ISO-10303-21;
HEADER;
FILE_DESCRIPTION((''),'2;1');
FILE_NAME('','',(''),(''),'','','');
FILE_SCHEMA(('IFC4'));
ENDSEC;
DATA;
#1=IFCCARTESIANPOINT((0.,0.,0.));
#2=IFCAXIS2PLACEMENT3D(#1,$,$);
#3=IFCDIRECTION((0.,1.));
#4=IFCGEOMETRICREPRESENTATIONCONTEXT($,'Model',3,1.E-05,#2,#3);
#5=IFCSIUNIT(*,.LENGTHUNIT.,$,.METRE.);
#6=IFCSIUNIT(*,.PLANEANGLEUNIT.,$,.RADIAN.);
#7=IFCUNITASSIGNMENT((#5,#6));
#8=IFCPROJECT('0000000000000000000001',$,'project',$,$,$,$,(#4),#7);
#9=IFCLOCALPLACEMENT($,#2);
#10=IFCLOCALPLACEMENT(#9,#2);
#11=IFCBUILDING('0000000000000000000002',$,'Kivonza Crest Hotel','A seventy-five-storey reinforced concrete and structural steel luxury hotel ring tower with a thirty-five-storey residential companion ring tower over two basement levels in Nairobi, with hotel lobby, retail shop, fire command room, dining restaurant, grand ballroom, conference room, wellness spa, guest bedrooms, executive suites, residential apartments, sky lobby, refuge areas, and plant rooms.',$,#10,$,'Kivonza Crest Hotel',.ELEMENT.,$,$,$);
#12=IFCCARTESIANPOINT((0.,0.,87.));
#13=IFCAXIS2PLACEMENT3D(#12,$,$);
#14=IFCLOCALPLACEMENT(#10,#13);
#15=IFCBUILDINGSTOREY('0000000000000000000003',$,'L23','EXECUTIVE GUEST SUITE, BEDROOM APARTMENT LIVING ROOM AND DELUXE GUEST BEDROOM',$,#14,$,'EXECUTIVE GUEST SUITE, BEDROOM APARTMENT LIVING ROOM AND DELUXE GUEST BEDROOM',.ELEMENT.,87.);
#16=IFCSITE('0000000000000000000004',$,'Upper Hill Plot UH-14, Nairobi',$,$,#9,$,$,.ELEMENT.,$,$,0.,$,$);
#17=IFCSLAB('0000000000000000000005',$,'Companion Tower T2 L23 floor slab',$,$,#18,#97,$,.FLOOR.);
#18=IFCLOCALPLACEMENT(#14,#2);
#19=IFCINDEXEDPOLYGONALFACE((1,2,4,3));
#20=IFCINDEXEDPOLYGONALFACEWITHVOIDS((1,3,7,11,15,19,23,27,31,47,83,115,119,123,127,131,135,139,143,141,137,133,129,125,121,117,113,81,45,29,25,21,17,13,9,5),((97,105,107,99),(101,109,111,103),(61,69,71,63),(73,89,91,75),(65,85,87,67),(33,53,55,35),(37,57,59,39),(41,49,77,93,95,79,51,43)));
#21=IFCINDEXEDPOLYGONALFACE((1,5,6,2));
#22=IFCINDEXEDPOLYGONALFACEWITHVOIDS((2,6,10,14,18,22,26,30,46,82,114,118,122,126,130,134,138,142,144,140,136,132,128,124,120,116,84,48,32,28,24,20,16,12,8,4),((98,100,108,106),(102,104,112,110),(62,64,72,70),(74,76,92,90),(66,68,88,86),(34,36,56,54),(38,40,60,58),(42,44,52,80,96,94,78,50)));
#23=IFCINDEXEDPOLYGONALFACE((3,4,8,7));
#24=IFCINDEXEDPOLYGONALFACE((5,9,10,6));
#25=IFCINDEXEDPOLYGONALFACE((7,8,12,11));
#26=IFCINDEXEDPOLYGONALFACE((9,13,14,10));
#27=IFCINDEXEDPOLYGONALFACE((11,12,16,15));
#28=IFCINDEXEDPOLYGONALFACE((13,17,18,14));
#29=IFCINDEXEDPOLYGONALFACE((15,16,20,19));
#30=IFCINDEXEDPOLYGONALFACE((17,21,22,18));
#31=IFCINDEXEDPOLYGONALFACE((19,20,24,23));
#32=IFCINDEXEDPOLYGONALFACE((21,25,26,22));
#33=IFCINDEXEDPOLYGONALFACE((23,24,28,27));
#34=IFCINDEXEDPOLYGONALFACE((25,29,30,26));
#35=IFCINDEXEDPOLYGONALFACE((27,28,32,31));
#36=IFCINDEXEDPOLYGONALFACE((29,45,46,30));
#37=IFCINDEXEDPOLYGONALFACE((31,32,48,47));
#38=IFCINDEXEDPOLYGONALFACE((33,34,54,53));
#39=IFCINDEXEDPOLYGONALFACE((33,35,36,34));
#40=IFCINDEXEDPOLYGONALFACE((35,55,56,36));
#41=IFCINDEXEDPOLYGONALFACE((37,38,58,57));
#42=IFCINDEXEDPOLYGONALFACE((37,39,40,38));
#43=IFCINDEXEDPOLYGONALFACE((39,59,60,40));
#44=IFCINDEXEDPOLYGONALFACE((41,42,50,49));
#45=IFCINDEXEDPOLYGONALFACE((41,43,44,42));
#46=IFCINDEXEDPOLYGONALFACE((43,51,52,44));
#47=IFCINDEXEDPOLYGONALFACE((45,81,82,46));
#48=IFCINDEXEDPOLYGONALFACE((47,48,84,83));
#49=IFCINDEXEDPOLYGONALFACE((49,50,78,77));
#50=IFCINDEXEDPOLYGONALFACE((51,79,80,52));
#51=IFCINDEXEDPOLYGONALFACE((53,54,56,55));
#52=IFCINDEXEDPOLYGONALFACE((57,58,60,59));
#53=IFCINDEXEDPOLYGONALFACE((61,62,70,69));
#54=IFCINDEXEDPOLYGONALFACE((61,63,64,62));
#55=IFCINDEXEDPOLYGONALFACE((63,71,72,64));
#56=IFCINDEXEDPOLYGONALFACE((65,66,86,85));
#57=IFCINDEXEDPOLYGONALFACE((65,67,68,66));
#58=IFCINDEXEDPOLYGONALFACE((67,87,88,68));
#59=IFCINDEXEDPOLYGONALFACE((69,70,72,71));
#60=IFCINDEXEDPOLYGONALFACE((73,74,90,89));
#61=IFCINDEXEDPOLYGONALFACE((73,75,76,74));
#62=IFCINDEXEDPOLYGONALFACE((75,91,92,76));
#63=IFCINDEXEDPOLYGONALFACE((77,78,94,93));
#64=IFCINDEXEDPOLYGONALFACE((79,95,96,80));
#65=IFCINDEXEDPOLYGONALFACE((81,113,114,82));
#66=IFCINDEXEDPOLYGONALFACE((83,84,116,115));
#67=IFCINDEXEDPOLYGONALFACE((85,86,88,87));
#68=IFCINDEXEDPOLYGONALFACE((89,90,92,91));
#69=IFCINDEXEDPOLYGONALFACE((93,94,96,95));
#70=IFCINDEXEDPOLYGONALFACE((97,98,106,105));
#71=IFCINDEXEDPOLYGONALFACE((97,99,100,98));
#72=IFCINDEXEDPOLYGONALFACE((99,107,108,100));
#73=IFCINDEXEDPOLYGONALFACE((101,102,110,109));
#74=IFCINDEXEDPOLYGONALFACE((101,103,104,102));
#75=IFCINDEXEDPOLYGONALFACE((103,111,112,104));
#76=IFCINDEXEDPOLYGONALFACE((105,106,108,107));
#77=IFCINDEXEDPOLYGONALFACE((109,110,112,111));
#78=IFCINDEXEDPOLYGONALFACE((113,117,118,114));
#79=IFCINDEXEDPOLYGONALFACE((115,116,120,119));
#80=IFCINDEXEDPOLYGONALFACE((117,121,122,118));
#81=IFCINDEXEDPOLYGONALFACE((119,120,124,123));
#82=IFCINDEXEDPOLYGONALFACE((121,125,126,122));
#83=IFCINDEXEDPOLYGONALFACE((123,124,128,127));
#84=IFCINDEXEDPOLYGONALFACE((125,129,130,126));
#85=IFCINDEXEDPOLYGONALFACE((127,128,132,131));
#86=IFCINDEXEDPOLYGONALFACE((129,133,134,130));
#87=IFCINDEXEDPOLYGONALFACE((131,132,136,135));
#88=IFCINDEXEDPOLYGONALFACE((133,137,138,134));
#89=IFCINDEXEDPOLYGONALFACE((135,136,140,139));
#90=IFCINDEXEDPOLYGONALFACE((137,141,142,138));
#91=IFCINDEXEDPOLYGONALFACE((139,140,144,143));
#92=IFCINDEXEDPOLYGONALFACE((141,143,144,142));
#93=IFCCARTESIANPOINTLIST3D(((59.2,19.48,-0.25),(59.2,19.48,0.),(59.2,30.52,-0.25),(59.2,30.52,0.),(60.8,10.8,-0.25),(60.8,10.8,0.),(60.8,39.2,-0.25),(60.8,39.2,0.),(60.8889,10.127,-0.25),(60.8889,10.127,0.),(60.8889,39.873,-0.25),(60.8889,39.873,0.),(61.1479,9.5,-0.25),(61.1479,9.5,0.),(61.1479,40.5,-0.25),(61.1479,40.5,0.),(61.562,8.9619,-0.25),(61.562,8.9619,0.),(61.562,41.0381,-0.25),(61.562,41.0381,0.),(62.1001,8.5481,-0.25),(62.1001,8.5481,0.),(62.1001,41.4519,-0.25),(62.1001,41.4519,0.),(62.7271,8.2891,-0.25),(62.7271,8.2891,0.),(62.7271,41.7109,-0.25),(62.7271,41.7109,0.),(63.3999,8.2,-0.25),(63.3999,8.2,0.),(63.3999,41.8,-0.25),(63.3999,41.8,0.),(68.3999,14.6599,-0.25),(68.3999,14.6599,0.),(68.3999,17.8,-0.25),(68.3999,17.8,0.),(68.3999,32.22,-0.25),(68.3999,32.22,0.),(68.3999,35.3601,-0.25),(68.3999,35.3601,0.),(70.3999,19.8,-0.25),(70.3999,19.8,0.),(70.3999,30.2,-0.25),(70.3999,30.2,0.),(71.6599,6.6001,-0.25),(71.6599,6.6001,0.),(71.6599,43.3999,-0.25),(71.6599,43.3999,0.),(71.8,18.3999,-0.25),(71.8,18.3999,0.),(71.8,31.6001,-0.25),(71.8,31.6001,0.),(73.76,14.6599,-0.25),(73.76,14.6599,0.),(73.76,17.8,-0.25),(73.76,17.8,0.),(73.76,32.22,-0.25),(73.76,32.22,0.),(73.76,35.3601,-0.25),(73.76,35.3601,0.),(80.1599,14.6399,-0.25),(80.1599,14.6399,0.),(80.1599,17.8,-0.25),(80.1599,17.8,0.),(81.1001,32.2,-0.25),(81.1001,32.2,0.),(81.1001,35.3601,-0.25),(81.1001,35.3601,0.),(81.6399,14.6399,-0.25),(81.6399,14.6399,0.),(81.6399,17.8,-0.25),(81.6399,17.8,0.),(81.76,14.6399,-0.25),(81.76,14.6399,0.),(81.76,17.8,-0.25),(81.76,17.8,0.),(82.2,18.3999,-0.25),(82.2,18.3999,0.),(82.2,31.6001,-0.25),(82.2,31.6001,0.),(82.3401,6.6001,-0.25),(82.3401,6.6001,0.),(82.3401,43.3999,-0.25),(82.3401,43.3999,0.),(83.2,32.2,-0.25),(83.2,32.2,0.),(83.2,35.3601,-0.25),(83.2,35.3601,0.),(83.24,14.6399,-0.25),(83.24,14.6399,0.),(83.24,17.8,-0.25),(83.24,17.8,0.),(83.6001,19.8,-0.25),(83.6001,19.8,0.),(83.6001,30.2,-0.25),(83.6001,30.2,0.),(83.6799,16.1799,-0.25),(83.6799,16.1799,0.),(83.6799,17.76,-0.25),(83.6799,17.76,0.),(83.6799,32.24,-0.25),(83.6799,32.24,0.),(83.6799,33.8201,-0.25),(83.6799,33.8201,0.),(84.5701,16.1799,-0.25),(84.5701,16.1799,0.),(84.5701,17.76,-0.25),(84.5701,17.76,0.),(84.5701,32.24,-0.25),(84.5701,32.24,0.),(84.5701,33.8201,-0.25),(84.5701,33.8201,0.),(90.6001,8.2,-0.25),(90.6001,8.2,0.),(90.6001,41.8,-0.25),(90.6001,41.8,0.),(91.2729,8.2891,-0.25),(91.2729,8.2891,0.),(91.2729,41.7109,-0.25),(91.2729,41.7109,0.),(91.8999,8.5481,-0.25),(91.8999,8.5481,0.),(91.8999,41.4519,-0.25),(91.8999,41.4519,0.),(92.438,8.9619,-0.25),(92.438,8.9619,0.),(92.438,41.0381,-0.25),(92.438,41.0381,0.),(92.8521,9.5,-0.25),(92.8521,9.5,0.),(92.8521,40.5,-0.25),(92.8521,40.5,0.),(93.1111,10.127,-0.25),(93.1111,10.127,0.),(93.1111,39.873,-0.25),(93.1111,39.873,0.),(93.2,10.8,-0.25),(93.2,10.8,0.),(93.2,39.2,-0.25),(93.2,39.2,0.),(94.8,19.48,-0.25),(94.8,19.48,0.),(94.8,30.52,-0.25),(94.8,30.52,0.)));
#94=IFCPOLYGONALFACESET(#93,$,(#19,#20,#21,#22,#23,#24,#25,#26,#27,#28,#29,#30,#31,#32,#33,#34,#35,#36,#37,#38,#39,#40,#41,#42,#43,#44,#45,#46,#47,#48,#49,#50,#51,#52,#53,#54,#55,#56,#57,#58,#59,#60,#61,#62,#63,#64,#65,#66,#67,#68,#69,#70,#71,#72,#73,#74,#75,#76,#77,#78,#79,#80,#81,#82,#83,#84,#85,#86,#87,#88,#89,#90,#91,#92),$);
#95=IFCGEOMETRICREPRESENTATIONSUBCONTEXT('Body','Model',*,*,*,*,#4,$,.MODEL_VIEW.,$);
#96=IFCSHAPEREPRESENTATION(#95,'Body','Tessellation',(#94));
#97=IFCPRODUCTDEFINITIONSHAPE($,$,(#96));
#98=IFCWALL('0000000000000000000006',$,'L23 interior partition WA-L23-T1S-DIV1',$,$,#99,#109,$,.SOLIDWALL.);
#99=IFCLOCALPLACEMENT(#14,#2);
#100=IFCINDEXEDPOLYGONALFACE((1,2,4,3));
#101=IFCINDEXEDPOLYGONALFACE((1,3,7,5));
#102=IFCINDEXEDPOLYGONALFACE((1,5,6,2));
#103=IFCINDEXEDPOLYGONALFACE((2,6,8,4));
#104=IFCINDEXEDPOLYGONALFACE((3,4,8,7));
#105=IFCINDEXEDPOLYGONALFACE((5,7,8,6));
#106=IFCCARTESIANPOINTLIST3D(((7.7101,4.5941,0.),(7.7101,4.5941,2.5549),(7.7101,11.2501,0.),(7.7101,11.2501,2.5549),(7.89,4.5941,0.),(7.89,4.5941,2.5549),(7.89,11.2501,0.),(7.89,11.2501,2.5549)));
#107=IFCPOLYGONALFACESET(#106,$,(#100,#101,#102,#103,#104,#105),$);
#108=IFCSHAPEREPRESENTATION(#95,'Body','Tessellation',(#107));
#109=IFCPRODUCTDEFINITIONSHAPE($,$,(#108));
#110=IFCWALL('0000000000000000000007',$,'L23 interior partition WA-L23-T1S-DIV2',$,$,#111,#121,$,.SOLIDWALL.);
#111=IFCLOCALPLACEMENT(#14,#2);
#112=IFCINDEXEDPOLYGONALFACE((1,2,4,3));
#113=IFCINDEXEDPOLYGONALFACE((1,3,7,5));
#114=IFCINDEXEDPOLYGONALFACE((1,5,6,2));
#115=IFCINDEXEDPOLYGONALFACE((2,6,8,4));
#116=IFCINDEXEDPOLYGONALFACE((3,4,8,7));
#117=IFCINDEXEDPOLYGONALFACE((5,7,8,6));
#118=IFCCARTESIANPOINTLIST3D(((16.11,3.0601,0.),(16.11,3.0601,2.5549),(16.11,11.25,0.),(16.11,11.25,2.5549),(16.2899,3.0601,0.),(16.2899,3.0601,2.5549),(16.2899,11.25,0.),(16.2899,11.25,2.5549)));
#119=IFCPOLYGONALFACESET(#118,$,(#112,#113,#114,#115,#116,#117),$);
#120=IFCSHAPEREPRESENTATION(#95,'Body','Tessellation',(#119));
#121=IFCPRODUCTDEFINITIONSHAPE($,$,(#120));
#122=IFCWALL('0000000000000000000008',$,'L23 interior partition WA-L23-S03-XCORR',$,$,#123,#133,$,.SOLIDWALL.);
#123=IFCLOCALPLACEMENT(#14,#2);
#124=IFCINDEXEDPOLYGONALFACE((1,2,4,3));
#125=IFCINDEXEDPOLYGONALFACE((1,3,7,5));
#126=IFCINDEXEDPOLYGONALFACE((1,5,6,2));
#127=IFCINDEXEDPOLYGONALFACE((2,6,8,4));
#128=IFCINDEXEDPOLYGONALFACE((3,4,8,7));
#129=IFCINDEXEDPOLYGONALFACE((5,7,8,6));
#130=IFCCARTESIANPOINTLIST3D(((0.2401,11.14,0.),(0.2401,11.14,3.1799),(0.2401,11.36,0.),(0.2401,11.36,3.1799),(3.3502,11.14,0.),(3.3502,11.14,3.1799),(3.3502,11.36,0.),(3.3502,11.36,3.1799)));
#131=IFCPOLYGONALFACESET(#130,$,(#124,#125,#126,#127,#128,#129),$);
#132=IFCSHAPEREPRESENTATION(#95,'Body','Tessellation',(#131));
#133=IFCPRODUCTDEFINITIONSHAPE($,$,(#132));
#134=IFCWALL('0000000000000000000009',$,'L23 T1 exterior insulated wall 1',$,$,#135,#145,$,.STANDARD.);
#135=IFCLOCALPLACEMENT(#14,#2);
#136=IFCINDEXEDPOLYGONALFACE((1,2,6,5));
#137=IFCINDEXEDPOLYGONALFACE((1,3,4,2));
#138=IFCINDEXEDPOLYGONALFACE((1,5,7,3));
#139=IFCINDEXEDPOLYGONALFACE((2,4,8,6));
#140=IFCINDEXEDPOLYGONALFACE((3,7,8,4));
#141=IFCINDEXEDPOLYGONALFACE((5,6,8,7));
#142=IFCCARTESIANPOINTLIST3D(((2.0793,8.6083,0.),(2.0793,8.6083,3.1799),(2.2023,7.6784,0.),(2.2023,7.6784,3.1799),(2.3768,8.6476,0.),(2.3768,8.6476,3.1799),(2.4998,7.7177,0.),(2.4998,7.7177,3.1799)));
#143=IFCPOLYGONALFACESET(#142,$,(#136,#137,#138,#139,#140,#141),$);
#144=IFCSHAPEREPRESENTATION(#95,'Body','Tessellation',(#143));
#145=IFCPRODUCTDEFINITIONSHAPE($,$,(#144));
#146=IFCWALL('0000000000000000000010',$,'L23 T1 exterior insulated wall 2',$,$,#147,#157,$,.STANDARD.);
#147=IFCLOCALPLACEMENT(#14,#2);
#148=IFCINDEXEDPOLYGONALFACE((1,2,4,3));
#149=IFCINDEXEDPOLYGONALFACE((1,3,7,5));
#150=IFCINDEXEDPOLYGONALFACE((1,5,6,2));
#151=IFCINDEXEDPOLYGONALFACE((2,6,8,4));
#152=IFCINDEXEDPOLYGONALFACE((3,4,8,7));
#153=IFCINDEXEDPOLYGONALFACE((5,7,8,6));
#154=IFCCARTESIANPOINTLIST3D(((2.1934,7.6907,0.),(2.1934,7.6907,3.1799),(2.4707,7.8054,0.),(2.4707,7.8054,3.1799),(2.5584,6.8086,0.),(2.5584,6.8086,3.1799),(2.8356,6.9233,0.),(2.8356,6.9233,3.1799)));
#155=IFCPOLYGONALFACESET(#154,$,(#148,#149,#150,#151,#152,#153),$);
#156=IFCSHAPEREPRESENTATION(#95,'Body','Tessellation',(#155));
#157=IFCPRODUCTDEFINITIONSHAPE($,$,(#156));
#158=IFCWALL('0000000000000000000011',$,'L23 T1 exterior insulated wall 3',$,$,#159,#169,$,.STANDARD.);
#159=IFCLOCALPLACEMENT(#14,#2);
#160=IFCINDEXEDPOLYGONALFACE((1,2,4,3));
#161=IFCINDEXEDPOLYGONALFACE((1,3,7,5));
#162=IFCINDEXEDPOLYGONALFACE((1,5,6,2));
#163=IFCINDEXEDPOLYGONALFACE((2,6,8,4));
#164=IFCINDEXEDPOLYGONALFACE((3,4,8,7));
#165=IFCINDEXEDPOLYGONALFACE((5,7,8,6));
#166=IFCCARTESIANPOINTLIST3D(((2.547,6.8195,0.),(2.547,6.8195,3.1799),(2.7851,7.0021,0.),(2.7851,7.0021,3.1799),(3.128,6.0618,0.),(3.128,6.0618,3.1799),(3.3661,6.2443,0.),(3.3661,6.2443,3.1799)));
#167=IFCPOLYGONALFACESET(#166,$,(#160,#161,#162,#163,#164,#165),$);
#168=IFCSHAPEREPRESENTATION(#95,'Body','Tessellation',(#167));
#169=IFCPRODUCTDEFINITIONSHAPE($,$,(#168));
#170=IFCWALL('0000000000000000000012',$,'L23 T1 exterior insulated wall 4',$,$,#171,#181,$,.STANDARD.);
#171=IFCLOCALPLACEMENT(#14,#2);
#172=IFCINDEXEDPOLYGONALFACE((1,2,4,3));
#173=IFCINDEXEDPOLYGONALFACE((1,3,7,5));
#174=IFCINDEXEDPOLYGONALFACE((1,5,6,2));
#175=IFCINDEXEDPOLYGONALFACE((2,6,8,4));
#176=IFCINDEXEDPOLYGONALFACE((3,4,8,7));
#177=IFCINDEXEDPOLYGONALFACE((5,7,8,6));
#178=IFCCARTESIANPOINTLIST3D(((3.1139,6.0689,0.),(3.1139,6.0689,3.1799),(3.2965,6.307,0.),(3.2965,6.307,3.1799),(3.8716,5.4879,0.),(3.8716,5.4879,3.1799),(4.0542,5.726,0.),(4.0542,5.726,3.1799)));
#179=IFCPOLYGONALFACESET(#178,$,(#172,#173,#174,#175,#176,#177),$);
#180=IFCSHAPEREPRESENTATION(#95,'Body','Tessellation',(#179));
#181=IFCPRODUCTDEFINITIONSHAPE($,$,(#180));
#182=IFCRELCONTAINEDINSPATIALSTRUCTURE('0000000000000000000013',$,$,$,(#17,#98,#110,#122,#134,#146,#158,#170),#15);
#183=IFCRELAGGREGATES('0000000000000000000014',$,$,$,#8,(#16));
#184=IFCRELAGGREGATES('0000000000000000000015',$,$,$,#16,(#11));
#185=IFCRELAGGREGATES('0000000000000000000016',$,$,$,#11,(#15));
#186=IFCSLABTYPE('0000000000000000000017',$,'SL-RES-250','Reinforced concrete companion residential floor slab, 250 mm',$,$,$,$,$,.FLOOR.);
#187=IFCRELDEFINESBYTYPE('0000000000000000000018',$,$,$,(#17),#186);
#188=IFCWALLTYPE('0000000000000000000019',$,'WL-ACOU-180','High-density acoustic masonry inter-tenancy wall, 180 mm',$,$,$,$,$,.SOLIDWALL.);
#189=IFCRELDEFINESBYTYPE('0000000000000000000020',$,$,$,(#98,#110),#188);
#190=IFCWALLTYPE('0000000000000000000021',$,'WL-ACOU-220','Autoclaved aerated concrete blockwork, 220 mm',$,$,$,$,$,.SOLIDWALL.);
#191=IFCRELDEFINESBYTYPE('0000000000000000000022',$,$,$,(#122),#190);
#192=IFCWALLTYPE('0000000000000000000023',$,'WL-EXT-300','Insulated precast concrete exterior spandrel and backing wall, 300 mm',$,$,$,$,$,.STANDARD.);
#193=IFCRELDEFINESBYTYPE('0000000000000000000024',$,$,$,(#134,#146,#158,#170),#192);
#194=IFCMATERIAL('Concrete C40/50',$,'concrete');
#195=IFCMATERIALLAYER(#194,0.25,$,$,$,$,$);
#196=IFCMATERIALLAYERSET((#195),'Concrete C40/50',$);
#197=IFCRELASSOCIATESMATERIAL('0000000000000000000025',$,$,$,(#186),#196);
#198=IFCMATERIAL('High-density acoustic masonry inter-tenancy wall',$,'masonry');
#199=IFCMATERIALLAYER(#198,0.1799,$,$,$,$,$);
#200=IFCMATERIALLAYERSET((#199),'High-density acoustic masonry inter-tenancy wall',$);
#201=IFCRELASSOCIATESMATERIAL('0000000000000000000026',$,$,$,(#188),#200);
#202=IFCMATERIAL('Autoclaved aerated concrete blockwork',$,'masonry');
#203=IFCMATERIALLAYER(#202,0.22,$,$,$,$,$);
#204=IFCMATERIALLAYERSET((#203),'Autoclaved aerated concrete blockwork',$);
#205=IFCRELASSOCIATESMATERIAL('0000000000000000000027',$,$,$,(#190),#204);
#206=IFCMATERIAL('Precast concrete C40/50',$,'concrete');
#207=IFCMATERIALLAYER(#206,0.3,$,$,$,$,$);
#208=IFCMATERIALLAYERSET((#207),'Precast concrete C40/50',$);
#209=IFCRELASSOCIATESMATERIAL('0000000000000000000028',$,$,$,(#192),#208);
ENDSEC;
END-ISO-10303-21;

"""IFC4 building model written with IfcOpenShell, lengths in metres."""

from ifc_helpers import new_model, si_unit, direction, frame, frame_2d, origin, place, context, subcontext, project, spatial, polyline, rectangle, outline, extrude, material, layer, layer_set, type_object, element, save


model = new_model("IFC4")

# Units and contexts
model_context = context("Model", 3, precision=1e-05, world=origin(), true_north=direction((0.0, 1.0)))
body_context = subcontext(model_context, "Body", "Model", "MODEL_VIEW")
ifc_project = project(units=[si_unit("LENGTHUNIT", "METRE"), si_unit("PLANEANGLEUNIT", "RADIAN")], contexts=[model_context])

# Site, building, storey
site_placement = place(None, origin())
site = spatial("IfcSite", under=ifc_project, at=site_placement, Name="Upper Hill Plot UH-14, Nairobi", CompositionType="ELEMENT", RefElevation=0.0)
building_placement = place(site_placement, origin())
building = spatial("IfcBuilding", under=site, at=building_placement, Name="Kivonza Crest Hotel", Description="A seventy-five-storey reinforced concrete and structural steel luxury hotel ring tower with a thirty-five-storey residential companion ring tower over two basement levels in Nairobi, with hotel lobby, retail shop, fire command room, dining restaurant, grand ballroom, conference room, wellness spa, guest bedrooms, executive suites, residential apartments, sky lobby, refuge areas, and plant rooms.", LongName="Kivonza Crest Hotel", CompositionType="ELEMENT")
storey_placement = place(building_placement, frame((0.0, 0.0, 87.0)))
storey = spatial("IfcBuildingStorey", under=building, at=storey_placement, Name="L23", Description="EXECUTIVE GUEST SUITE, BEDROOM APARTMENT LIVING ROOM AND DELUXE GUEST BEDROOM", LongName="EXECUTIVE GUEST SUITE, BEDROOM APARTMENT LIVING ROOM AND DELUXE GUEST BEDROOM", CompositionType="ELEMENT", Elevation=87.0)

# Shared definitions
ifc_material_1 = material(Name="Concrete C40/50", Category="concrete")

# Slab
ifc_layer_1 = layer(ifc_material_1, 0.25)
ifc_layer_set_1 = layer_set([ifc_layer_1], Name="Concrete C40/50")
slab_type_1 = type_object("IfcSlabType", Name="SL-RES-250", Description="Reinforced concrete companion residential floor slab, 250 mm", PredefinedType="FLOOR", material=ifc_layer_set_1)
slab_1_placement = place(storey_placement, frame((0.0, 0.0, -0.25)))
element("IfcSlab", 1, at=slab_1_placement, inside=storey, type_object=slab_type_1, Name="Companion Tower T2 L23 floor slab", PredefinedType="FLOOR", context=body_context, shape_type="SweptSolid", body=[
    extrude(outline(polyline([(60.8, 10.8), (60.8889, 10.127), (61.1479, 9.5), (61.562, 8.9619), (62.1001, 8.5481), (62.7271, 8.2891), (63.3999, 8.2), (71.6599, 6.6001), (82.3401, 6.6001), (90.6001, 8.2), (91.2729, 8.2891), (91.8999, 8.5481), (92.438, 8.9619), (92.8521, 9.5), (93.1111, 10.127), (93.2, 10.8), (94.8, 19.48), (94.8, 30.52), (93.2, 39.2), (93.1111, 39.873), (92.8521, 40.5), (92.438, 41.0381), (91.8999, 41.4519), (91.2729, 41.7109), (90.6001, 41.8), (82.3401, 43.3999), (71.6599, 43.3999), (63.3999, 41.8), (62.7271, 41.7109), (62.1001, 41.4519), (61.562, 41.0381), (61.1479, 40.5), (60.8889, 39.873), (60.8, 39.2), (59.2, 30.52), (59.2, 19.48), (60.8, 10.8)]), holes=[polyline([(71.8, 18.3999), (82.2, 18.3999), (83.6001, 19.8), (83.6001, 30.2), (82.2, 31.6001), (71.8, 31.6001), (70.3999, 30.2), (70.3999, 19.8), (71.8, 18.3999)]), polyline([(68.3999, 32.22), (73.76, 32.22), (73.76, 35.3601), (68.3999, 35.3601), (68.3999, 32.22)]), polyline([(68.3999, 14.6599), (73.76, 14.6599), (73.76, 17.8), (68.3999, 17.8), (68.3999, 14.6599)]), polyline([(83.6799, 32.24), (84.5701, 32.24), (84.5701, 33.8201), (83.6799, 33.8201), (83.6799, 32.24)]), polyline([(83.6799, 16.1799), (84.5701, 16.1799), (84.5701, 17.76), (83.6799, 17.76), (83.6799, 16.1799)]), polyline([(81.1001, 32.2), (83.2, 32.2), (83.2, 35.3601), (81.1001, 35.3601), (81.1001, 32.2)]), polyline([(80.1599, 14.6399), (81.6399, 14.6399), (81.6399, 17.8), (80.1599, 17.8), (80.1599, 14.6399)]), polyline([(81.76, 14.6399), (83.24, 14.6399), (83.24, 17.8), (81.76, 17.8), (81.76, 14.6399)])]), origin(), (0.0, 0.0, 1.0), 0.25),
])

# Walls
ifc_material_2 = material(Name="High-density acoustic masonry inter-tenancy wall", Category="masonry")
ifc_layer_2 = layer(ifc_material_2, 0.1799)
ifc_layer_set_2 = layer_set([ifc_layer_2], Name="High-density acoustic masonry inter-tenancy wall")
wall_type_1 = type_object("IfcWallType", Name="WL-ACOU-180", Description="High-density acoustic masonry inter-tenancy wall, 180 mm", PredefinedType="SOLIDWALL", material=ifc_layer_set_2)
wall_1_placement = place(storey_placement, frame((7.8, 4.594, 0.0), z_axis=(0.0, 0.0, 1.0), x_axis=(0.0, 1.0, 0.0)))
element("IfcWall", 2, at=wall_1_placement, inside=storey, type_object=wall_type_1, Name="L23 interior partition WA-L23-T1S-DIV1", PredefinedType="SOLIDWALL", context=body_context, shape_type="SweptSolid", body=[
    extrude(rectangle(XDim=6.656, YDim=0.1799, at=frame_2d((3.3281, 0.0))), origin(), (0.0, 0.0, 1.0), 2.5549),
])
wall_2_placement = place(storey_placement, frame((16.2, 3.0601, 0.0), z_axis=(0.0, 0.0, 1.0), x_axis=(0.0, 1.0, 0.0)))
element("IfcWall", 3, at=wall_2_placement, inside=storey, type_object=wall_type_1, Name="L23 interior partition WA-L23-T1S-DIV2", PredefinedType="SOLIDWALL", context=body_context, shape_type="SweptSolid", body=[
    extrude(rectangle(XDim=8.1899, YDim=0.1799, at=frame_2d((4.095, 0.0))), origin(), (0.0, 0.0, 1.0), 2.5549),
])
ifc_material_3 = material(Name="Autoclaved aerated concrete blockwork", Category="masonry")
ifc_layer_3 = layer(ifc_material_3, 0.22)
ifc_layer_set_3 = layer_set([ifc_layer_3], Name="Autoclaved aerated concrete blockwork")
wall_type_2 = type_object("IfcWallType", Name="WL-ACOU-220", Description="Autoclaved aerated concrete blockwork, 220 mm", PredefinedType="SOLIDWALL", material=ifc_layer_set_3)
wall_3_placement = place(storey_placement, frame((0.24, 11.25, 0.0), z_axis=(0.0, 0.0, 1.0), x_axis=(1.0, 0.0, 0.0)))
element("IfcWall", 4, at=wall_3_placement, inside=storey, type_object=wall_type_2, Name="L23 interior partition WA-L23-S03-XCORR", PredefinedType="SOLIDWALL", context=body_context, shape_type="SweptSolid", body=[
    extrude(rectangle(XDim=3.1101, YDim=0.22, at=frame_2d((1.5552, 0.0))), origin(), (0.0, 0.0, 1.0), 3.1799),
])
ifc_material_4 = material(Name="Precast concrete C40/50", Category="concrete")
ifc_layer_4 = layer(ifc_material_4, 0.3)
ifc_layer_set_4 = layer_set([ifc_layer_4], Name="Precast concrete C40/50")
wall_type_3 = type_object("IfcWallType", Name="WL-EXT-300", Description="Insulated precast concrete exterior spandrel and backing wall, 300 mm", PredefinedType="STANDARD", material=ifc_layer_set_4)
wall_4_placement = place(storey_placement, frame((2.228, 8.6279, 0.0), z_axis=(0.0, 0.0, 1.0), x_axis=(0.131175, -0.991359, 0.0)))
element("IfcWall", 5, at=wall_4_placement, inside=storey, type_object=wall_type_3, Name="L23 T1 exterior insulated wall 1", PredefinedType="STANDARD", context=body_context, shape_type="SweptSolid", body=[
    extrude(rectangle(XDim=0.938, YDim=0.3, at=frame_2d((0.469, 0.0))), origin(), (0.0, 0.0, 1.0), 3.1799),
])
wall_5_placement = place(storey_placement, frame((2.332, 7.748, 0.0), z_axis=(0.0, 0.0, 1.0), x_axis=(0.382344, -0.92402, 0.0)))
element("IfcWall", 6, at=wall_5_placement, inside=storey, type_object=wall_type_3, Name="L23 T1 exterior insulated wall 2", PredefinedType="STANDARD", context=body_context, shape_type="SweptSolid", body=[
    extrude(rectangle(XDim=0.9546, YDim=0.3, at=frame_2d((0.4773, 0.0))), origin(), (0.0, 0.0, 1.0), 3.1799),
])
for number, where, z_axis, x_axis, name in (
    (7, (2.666, 6.9109, 0.0), (0.0, 0.0, 1.0), (0.608474, -0.793573, 0.0), "L23 T1 exterior insulated wall 3"),
    (8, (3.2051, 6.188, 0.0), (0.0, 0.0, 1.0), (0.793573, -0.608474, 0.0), "L23 T1 exterior insulated wall 4"),
):
    element("IfcWall", number, at=place(storey_placement, frame(where, z_axis=z_axis, x_axis=x_axis)), inside=storey, type_object=wall_type_3, Name=name, PredefinedType="STANDARD", context=body_context, shape_type="SweptSolid", body=[
        extrude(rectangle(XDim=0.9548, YDim=0.3, at=frame_2d((0.4775, 0.0))), origin(), (0.0, 0.0, 1.0), 3.1799),
    ])

save(model, "model.ifc")
